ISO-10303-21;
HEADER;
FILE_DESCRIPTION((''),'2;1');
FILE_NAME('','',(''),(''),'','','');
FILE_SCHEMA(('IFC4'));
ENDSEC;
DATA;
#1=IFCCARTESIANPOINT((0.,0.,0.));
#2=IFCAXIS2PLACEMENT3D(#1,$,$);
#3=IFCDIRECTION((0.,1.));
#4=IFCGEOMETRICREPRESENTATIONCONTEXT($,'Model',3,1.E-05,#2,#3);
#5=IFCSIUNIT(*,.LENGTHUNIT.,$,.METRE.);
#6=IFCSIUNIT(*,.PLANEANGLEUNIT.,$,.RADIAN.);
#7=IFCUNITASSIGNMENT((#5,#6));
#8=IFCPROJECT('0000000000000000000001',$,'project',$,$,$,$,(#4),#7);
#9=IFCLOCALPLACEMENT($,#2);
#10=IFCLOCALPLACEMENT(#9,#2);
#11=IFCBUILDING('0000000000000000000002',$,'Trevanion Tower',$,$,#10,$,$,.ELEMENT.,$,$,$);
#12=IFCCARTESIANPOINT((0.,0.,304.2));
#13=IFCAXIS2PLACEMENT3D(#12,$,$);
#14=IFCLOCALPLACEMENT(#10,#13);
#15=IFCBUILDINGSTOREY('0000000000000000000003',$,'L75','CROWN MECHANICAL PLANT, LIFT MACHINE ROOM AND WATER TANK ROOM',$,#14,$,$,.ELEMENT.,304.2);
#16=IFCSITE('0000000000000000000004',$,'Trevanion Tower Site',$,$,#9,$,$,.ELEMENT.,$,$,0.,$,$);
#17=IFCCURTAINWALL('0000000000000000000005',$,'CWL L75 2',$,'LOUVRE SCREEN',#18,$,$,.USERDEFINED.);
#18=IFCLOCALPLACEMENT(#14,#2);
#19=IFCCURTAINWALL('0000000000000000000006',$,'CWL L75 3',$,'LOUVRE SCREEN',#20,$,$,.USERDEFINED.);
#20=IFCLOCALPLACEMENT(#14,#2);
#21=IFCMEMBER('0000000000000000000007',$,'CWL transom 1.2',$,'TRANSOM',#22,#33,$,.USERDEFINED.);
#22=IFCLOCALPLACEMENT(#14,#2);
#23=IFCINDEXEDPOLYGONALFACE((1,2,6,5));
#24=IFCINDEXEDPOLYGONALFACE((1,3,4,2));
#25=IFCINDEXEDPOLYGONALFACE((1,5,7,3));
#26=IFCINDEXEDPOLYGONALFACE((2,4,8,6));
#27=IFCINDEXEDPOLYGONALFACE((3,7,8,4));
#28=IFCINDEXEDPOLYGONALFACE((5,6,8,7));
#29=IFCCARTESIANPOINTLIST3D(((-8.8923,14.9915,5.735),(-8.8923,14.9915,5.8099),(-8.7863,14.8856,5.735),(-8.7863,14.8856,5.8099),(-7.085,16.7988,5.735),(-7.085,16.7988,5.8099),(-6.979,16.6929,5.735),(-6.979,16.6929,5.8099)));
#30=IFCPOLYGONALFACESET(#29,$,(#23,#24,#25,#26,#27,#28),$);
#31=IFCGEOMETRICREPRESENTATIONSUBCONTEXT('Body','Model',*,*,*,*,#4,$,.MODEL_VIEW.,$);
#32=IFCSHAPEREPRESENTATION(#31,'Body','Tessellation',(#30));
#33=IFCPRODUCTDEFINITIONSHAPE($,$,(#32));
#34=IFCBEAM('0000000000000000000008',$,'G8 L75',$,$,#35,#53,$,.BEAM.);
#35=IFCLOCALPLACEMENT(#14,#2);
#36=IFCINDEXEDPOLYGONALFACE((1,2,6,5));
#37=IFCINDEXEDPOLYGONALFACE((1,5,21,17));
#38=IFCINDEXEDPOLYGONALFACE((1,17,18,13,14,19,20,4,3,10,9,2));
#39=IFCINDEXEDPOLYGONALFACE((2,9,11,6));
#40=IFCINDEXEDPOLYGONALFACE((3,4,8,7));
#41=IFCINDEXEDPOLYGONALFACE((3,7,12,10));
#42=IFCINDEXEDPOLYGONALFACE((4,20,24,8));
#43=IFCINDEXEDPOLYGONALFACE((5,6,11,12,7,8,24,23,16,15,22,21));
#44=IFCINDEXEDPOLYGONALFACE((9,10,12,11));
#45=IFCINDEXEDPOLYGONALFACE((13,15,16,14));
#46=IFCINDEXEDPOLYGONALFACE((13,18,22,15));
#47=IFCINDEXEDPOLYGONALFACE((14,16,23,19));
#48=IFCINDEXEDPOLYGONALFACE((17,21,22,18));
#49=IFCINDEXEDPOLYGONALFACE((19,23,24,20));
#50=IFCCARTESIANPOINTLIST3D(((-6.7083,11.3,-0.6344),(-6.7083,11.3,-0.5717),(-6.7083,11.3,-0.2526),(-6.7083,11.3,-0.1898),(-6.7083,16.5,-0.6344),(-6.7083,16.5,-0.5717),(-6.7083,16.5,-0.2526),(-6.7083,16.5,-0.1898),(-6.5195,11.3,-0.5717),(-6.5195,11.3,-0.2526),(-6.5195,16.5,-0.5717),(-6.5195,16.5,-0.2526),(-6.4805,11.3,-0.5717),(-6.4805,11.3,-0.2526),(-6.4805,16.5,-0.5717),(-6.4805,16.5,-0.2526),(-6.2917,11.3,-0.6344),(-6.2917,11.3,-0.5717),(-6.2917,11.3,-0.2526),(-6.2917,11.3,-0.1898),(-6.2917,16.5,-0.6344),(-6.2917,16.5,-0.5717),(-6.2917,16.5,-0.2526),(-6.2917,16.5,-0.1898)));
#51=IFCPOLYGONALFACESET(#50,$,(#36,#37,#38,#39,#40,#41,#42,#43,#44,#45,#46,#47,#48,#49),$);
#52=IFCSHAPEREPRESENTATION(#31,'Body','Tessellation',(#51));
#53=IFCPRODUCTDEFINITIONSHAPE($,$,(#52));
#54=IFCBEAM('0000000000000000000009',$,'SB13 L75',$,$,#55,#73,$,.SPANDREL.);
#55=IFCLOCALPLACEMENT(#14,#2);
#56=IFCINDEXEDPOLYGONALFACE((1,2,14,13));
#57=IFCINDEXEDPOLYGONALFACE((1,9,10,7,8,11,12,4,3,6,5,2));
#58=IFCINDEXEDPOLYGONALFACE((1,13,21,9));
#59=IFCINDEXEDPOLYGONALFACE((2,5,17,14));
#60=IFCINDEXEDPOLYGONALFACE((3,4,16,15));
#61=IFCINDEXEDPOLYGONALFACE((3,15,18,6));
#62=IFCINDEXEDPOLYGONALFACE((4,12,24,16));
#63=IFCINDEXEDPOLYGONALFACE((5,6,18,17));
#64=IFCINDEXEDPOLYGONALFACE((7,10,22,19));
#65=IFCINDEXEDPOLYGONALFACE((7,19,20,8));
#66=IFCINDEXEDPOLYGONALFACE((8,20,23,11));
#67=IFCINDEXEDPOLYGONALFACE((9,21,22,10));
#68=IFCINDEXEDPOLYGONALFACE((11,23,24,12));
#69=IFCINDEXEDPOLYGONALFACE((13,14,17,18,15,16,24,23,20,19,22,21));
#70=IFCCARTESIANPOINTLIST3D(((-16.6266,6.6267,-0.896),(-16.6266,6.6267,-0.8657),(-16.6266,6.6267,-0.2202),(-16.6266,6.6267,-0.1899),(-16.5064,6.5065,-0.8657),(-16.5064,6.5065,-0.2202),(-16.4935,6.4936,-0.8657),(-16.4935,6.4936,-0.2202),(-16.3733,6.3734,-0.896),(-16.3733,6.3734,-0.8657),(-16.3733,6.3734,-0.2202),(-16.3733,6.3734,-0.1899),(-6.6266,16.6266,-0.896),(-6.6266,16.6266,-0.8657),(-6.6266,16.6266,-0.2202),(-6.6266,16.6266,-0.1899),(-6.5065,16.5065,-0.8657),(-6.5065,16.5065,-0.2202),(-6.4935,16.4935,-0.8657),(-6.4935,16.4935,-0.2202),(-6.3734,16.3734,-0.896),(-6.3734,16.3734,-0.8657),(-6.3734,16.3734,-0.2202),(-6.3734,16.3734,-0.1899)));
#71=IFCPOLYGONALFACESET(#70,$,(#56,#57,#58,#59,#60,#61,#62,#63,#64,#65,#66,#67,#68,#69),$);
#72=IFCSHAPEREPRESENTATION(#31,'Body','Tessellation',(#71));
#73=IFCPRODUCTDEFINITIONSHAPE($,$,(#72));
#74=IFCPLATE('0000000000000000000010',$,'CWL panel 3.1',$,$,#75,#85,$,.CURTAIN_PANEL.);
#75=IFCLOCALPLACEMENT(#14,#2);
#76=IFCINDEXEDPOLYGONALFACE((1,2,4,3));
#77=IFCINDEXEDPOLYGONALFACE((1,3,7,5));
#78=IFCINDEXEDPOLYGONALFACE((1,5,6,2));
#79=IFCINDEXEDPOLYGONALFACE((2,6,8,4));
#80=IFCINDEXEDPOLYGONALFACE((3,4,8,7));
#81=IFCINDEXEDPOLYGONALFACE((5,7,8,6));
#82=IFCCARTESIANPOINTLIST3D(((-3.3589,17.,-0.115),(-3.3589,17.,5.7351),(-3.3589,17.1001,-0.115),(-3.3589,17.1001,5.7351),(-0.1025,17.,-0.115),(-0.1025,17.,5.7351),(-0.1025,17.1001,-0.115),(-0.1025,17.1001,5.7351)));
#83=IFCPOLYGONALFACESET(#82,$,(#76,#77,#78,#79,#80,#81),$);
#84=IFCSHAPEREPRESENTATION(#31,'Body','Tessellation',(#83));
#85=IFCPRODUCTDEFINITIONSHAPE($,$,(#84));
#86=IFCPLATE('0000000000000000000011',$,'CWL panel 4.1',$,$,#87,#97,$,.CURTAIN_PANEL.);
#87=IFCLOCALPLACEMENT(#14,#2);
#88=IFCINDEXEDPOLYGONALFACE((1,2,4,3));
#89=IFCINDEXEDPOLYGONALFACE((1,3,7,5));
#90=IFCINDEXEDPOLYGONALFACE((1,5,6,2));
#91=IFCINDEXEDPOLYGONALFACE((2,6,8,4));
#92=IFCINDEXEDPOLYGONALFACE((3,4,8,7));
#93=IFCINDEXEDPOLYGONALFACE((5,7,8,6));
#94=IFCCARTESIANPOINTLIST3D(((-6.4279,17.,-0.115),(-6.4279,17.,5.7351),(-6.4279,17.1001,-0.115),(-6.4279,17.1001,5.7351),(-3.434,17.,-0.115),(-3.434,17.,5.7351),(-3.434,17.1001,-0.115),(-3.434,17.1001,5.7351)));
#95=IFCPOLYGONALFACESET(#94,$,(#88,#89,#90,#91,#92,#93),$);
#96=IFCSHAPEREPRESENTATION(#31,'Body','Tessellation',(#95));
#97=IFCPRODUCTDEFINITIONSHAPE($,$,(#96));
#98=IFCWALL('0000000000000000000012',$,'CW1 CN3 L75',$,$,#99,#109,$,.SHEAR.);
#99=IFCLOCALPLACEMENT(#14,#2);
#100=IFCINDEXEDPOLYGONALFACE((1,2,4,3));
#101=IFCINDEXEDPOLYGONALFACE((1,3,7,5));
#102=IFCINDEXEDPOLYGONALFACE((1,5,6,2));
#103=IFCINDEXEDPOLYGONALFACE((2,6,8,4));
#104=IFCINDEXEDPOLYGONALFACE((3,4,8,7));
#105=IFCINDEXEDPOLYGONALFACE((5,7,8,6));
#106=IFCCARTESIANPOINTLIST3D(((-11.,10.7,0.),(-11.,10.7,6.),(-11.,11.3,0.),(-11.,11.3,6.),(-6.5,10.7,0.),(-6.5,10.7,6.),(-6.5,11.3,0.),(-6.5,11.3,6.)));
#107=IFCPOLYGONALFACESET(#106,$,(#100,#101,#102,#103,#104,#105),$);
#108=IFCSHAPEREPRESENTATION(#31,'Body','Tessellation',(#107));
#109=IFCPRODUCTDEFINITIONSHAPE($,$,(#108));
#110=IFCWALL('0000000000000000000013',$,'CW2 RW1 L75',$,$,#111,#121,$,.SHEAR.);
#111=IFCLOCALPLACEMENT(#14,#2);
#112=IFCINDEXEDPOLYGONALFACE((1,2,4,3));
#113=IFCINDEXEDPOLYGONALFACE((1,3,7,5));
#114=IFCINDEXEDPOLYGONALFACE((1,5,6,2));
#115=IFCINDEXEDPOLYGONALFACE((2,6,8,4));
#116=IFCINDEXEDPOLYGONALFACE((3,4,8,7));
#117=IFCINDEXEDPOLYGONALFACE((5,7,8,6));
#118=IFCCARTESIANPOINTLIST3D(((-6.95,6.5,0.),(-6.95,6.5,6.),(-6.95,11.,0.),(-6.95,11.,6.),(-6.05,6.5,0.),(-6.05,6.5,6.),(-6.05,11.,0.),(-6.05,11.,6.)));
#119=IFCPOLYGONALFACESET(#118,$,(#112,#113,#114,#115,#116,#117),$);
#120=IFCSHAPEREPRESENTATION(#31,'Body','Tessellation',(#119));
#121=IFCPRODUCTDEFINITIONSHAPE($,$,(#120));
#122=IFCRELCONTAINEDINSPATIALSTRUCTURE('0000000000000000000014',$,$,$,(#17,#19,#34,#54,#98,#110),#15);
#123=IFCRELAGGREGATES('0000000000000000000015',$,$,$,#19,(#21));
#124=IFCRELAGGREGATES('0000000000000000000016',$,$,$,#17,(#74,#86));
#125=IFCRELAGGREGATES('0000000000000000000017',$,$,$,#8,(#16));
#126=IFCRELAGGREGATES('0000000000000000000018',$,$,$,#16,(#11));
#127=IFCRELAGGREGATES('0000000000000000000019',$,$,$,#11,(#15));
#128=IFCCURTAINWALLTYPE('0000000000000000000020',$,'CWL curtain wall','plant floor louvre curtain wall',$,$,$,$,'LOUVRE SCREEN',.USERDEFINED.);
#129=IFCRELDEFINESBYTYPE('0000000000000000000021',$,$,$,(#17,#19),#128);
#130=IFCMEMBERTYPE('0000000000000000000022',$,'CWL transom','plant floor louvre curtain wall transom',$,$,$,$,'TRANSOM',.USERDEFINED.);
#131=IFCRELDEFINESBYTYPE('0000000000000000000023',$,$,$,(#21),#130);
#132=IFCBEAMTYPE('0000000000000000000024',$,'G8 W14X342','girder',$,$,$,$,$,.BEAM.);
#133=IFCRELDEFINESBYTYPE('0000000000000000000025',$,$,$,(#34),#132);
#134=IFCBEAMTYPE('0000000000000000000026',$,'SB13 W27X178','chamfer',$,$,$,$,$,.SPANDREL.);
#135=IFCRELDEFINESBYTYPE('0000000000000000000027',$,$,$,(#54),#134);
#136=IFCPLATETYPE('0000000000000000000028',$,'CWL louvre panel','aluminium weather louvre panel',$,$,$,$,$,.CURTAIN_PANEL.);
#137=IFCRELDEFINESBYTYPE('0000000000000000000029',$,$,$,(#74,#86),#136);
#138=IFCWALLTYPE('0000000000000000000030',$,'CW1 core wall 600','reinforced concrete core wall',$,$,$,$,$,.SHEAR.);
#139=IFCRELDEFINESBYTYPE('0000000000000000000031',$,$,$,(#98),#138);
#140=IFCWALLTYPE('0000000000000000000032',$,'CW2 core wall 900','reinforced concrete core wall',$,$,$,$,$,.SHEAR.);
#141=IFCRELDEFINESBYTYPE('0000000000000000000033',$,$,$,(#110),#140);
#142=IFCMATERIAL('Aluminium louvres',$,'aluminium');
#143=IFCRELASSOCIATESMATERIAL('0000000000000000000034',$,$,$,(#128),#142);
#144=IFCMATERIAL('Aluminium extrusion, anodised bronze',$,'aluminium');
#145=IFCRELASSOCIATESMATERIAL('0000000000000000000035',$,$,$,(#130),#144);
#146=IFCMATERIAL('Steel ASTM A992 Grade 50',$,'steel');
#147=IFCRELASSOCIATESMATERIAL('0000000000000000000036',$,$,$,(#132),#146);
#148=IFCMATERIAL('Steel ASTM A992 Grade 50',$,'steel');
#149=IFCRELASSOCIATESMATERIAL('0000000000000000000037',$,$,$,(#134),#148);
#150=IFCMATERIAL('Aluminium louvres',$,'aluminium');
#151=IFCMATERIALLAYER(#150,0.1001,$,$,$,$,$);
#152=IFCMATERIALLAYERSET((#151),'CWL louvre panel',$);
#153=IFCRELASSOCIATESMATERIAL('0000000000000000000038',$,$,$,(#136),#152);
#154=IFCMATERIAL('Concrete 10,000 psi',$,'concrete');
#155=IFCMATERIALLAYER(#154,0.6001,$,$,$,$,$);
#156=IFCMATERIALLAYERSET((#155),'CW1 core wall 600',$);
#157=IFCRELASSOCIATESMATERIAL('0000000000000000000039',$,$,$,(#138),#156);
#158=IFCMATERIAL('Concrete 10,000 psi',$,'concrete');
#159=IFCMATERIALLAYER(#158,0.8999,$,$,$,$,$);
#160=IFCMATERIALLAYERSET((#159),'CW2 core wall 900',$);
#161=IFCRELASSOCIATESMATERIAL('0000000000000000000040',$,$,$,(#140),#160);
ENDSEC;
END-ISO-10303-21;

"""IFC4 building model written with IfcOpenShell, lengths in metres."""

from ifc_helpers import new_model, si_unit, direction, frame, frame_2d, origin, origin_2d, place, context, subcontext, project, spatial, rectangle, i_section, extrude, material, layer, layer_set, material_profile, profile_set, type_object, element, aggregate, save


model = new_model("IFC4")

# Units and contexts
model_context = context("Model", 3, precision=1e-05, world=origin(), true_north=direction((0.0, 1.0)))
body_context = subcontext(model_context, "Body", "Model", "MODEL_VIEW")
ifc_project = project(units=[si_unit("LENGTHUNIT", "METRE"), si_unit("PLANEANGLEUNIT", "RADIAN")], contexts=[model_context])

# Site, building, storey
site_placement = place(None, origin())
site = spatial("IfcSite", under=ifc_project, at=site_placement, Name="Trevanion Tower Site", CompositionType="ELEMENT", RefElevation=0.0)
building_placement = place(site_placement, origin())
building = spatial("IfcBuilding", under=site, at=building_placement, Name="Trevanion Tower", CompositionType="ELEMENT")
storey_placement = place(building_placement, frame((0.0, 0.0, 304.2)))
storey = spatial("IfcBuildingStorey", under=building, at=storey_placement, Name="L75", Description="CROWN MECHANICAL PLANT, LIFT MACHINE ROOM AND WATER TANK ROOM", CompositionType="ELEMENT", Elevation=304.2)

# Curtain wall
ifc_material_1 = material(Name="Aluminium louvres", Category="aluminium")
curtain_wall_type = type_object("IfcCurtainWallType", Name="CWL curtain wall", Description="plant floor louvre curtain wall", ElementType="LOUVRE SCREEN", PredefinedType="USERDEFINED", material=ifc_material_1)
curtain_wall_1_placement = place(storey_placement, origin())
curtain_wall_1 = element("IfcCurtainWall", 1, at=curtain_wall_1_placement, inside=storey, type_object=curtain_wall_type, Name="CWL L75 2", ObjectType="LOUVRE SCREEN", PredefinedType="USERDEFINED")

# Curtain wall
curtain_wall_2_placement = place(storey_placement, origin())
curtain_wall_2 = element("IfcCurtainWall", 2, at=curtain_wall_2_placement, inside=storey, type_object=curtain_wall_type, Name="CWL L75 3", ObjectType="LOUVRE SCREEN", PredefinedType="USERDEFINED")

# Member
ifc_material_2 = material(Name="Aluminium extrusion, anodised bronze", Category="aluminium")
ifc_material_profile_1 = material_profile(ifc_material_2, rectangle(XDim=0.1499, YDim=0.075, at=origin_2d()), Name="CWL transom")
ifc_profile_set_1 = profile_set([ifc_material_profile_1], Name="Aluminium extrusion, anodised bronze")
member_type_1 = type_object("IfcMemberType", Name="CWL transom", Description="plant floor louvre curtain wall transom", ElementType="TRANSOM", PredefinedType="USERDEFINED", material=ifc_profile_set_1)
member_1_placement = place(storey_placement, frame((-7.032, 16.7458, 5.7725), z_axis=(-0.707107, -0.707107, 0.0), x_axis=(0.707107, -0.707107, 0.0)))
member_1 = element("IfcMember", 3, at=member_1_placement, type_object=member_type_1, Name="CWL transom 1.2", ObjectType="TRANSOM", PredefinedType="USERDEFINED", context=body_context, shape_type="SweptSolid", body=[
    extrude(rectangle(XDim=0.1499, YDim=0.075, at=origin_2d()), origin(), (0.0, 0.0, 1.0), 2.5559),
])
aggregate(curtain_wall_2, [member_1])

# Beams
ifc_material_3 = material(Name="Steel ASTM A992 Grade 50", Category="steel")
ifc_material_profile_2 = material_profile(ifc_material_3, i_section(OverallWidth=0.4165, OverallDepth=0.4446, WebThickness=0.0391, FlangeThickness=0.0627, at=origin_2d()), Name="W14X342")
ifc_profile_set_2 = profile_set([ifc_material_profile_2], Name="Steel ASTM A992 Grade 50")
beam_type_1 = type_object("IfcBeamType", Name="G8 W14X342", Description="girder", PredefinedType="BEAM", material=ifc_profile_set_2)
beam_1_placement = place(storey_placement, frame((-6.5, 11.3, -0.4121), z_axis=(0.0, 1.0, 0.0), x_axis=(-1.0, 0.0, 0.0)))
element("IfcBeam", 4, at=beam_1_placement, inside=storey, type_object=beam_type_1, Name="G8 L75", PredefinedType="BEAM", context=body_context, shape_type="SweptSolid", body=[
    extrude(i_section(OverallWidth=0.4165, OverallDepth=0.4446, WebThickness=0.0391, FlangeThickness=0.0627, at=origin_2d()), origin(), (0.0, 0.0, 1.0), 5.2),
])
ifc_material_4 = material(Name="Steel ASTM A992 Grade 50", Category="steel")
ifc_material_profile_3 = material_profile(ifc_material_4, i_section(OverallWidth=0.3582, OverallDepth=0.7061, WebThickness=0.0183, FlangeThickness=0.0303, at=origin_2d()), Name="W27X178")
ifc_profile_set_3 = profile_set([ifc_material_profile_3], Name="Steel ASTM A992 Grade 50")
beam_type_2 = type_object("IfcBeamType", Name="SB13 W27X178", Description="chamfer", PredefinedType="SPANDREL", material=ifc_profile_set_3)
beam_2_placement = place(storey_placement, frame((-6.5, 16.5, -0.543), z_axis=(-0.707107, -0.707107, 0.0), x_axis=(0.707107, -0.707107, 0.0)))
element("IfcBeam", 5, at=beam_2_placement, inside=storey, type_object=beam_type_2, Name="SB13 L75", PredefinedType="SPANDREL", context=body_context, shape_type="SweptSolid", body=[
    extrude(i_section(OverallWidth=0.3582, OverallDepth=0.7061, WebThickness=0.0183, FlangeThickness=0.0303, at=origin_2d()), origin(), (0.0, 0.0, 1.0), 14.1421),
])

# Plates
ifc_material_5 = material(Name="Aluminium louvres", Category="aluminium")
ifc_layer_1 = layer(ifc_material_5, 0.1001)
ifc_layer_set_1 = layer_set([ifc_layer_1], Name="CWL louvre panel")
plate_type = type_object("IfcPlateType", Name="CWL louvre panel", Description="aluminium weather louvre panel", PredefinedType="CURTAIN_PANEL", material=ifc_layer_set_1)
plate_1_placement = place(storey_placement, frame((-1.7307, 17.05, -0.115), z_axis=(0.0, 0.0, 1.0), x_axis=(-1.0, 0.0, 0.0)))
plate_1 = element("IfcPlate", 6, at=plate_1_placement, type_object=plate_type, Name="CWL panel 3.1", PredefinedType="CURTAIN_PANEL", context=body_context, shape_type="SweptSolid", body=[
    extrude(rectangle(XDim=3.2563, YDim=0.1001, at=origin_2d()), origin(), (0.0, 0.0, 1.0), 5.8501),
])
plate_2_placement = place(storey_placement, frame((-4.9309, 17.05, -0.115), z_axis=(0.0, 0.0, 1.0), x_axis=(-1.0, 0.0, 0.0)))
plate_2 = element("IfcPlate", 7, at=plate_2_placement, type_object=plate_type, Name="CWL panel 4.1", PredefinedType="CURTAIN_PANEL", context=body_context, shape_type="SweptSolid", body=[
    extrude(rectangle(XDim=2.9939, YDim=0.1001, at=origin_2d()), origin(), (0.0, 0.0, 1.0), 5.8501),
])
aggregate(curtain_wall_1, [plate_1, plate_2])

# Walls
ifc_material_6 = material(Name="Concrete 10,000 psi", Category="concrete")
ifc_layer_2 = layer(ifc_material_6, 0.6001)
ifc_layer_set_2 = layer_set([ifc_layer_2], Name="CW1 core wall 600")
wall_type_1 = type_object("IfcWallType", Name="CW1 core wall 600", Description="reinforced concrete core wall", PredefinedType="SHEAR", material=ifc_layer_set_2)
wall_1_placement = place(storey_placement, frame((-6.5, 11.0, 0.0), z_axis=(0.0, 0.0, 1.0), x_axis=(-1.0, 0.0, 0.0)))
element("IfcWall", 8, at=wall_1_placement, inside=storey, type_object=wall_type_1, Name="CW1 CN3 L75", PredefinedType="SHEAR", context=body_context, shape_type="SweptSolid", body=[
    extrude(rectangle(XDim=4.5, YDim=0.6001, at=frame_2d((2.25, 0.0))), origin(), (0.0, 0.0, 1.0), 6.0),
])
ifc_material_7 = material(Name="Concrete 10,000 psi", Category="concrete")
ifc_layer_3 = layer(ifc_material_7, 0.8999)
ifc_layer_set_3 = layer_set([ifc_layer_3], Name="CW2 core wall 900")
wall_type_2 = type_object("IfcWallType", Name="CW2 core wall 900", Description="reinforced concrete core wall", PredefinedType="SHEAR", material=ifc_layer_set_3)
wall_2_placement = place(storey_placement, frame((-6.5, 11.0, 0.0), z_axis=(0.0, 0.0, 1.0), x_axis=(0.0, -1.0, 0.0)))
element("IfcWall", 9, at=wall_2_placement, inside=storey, type_object=wall_type_2, Name="CW2 RW1 L75", PredefinedType="SHEAR", context=body_context, shape_type="SweptSolid", body=[
    extrude(rectangle(XDim=4.5, YDim=0.8999, at=frame_2d((2.25, 0.0))), origin(), (0.0, 0.0, 1.0), 6.0),
])

save(model, "model.ifc")
